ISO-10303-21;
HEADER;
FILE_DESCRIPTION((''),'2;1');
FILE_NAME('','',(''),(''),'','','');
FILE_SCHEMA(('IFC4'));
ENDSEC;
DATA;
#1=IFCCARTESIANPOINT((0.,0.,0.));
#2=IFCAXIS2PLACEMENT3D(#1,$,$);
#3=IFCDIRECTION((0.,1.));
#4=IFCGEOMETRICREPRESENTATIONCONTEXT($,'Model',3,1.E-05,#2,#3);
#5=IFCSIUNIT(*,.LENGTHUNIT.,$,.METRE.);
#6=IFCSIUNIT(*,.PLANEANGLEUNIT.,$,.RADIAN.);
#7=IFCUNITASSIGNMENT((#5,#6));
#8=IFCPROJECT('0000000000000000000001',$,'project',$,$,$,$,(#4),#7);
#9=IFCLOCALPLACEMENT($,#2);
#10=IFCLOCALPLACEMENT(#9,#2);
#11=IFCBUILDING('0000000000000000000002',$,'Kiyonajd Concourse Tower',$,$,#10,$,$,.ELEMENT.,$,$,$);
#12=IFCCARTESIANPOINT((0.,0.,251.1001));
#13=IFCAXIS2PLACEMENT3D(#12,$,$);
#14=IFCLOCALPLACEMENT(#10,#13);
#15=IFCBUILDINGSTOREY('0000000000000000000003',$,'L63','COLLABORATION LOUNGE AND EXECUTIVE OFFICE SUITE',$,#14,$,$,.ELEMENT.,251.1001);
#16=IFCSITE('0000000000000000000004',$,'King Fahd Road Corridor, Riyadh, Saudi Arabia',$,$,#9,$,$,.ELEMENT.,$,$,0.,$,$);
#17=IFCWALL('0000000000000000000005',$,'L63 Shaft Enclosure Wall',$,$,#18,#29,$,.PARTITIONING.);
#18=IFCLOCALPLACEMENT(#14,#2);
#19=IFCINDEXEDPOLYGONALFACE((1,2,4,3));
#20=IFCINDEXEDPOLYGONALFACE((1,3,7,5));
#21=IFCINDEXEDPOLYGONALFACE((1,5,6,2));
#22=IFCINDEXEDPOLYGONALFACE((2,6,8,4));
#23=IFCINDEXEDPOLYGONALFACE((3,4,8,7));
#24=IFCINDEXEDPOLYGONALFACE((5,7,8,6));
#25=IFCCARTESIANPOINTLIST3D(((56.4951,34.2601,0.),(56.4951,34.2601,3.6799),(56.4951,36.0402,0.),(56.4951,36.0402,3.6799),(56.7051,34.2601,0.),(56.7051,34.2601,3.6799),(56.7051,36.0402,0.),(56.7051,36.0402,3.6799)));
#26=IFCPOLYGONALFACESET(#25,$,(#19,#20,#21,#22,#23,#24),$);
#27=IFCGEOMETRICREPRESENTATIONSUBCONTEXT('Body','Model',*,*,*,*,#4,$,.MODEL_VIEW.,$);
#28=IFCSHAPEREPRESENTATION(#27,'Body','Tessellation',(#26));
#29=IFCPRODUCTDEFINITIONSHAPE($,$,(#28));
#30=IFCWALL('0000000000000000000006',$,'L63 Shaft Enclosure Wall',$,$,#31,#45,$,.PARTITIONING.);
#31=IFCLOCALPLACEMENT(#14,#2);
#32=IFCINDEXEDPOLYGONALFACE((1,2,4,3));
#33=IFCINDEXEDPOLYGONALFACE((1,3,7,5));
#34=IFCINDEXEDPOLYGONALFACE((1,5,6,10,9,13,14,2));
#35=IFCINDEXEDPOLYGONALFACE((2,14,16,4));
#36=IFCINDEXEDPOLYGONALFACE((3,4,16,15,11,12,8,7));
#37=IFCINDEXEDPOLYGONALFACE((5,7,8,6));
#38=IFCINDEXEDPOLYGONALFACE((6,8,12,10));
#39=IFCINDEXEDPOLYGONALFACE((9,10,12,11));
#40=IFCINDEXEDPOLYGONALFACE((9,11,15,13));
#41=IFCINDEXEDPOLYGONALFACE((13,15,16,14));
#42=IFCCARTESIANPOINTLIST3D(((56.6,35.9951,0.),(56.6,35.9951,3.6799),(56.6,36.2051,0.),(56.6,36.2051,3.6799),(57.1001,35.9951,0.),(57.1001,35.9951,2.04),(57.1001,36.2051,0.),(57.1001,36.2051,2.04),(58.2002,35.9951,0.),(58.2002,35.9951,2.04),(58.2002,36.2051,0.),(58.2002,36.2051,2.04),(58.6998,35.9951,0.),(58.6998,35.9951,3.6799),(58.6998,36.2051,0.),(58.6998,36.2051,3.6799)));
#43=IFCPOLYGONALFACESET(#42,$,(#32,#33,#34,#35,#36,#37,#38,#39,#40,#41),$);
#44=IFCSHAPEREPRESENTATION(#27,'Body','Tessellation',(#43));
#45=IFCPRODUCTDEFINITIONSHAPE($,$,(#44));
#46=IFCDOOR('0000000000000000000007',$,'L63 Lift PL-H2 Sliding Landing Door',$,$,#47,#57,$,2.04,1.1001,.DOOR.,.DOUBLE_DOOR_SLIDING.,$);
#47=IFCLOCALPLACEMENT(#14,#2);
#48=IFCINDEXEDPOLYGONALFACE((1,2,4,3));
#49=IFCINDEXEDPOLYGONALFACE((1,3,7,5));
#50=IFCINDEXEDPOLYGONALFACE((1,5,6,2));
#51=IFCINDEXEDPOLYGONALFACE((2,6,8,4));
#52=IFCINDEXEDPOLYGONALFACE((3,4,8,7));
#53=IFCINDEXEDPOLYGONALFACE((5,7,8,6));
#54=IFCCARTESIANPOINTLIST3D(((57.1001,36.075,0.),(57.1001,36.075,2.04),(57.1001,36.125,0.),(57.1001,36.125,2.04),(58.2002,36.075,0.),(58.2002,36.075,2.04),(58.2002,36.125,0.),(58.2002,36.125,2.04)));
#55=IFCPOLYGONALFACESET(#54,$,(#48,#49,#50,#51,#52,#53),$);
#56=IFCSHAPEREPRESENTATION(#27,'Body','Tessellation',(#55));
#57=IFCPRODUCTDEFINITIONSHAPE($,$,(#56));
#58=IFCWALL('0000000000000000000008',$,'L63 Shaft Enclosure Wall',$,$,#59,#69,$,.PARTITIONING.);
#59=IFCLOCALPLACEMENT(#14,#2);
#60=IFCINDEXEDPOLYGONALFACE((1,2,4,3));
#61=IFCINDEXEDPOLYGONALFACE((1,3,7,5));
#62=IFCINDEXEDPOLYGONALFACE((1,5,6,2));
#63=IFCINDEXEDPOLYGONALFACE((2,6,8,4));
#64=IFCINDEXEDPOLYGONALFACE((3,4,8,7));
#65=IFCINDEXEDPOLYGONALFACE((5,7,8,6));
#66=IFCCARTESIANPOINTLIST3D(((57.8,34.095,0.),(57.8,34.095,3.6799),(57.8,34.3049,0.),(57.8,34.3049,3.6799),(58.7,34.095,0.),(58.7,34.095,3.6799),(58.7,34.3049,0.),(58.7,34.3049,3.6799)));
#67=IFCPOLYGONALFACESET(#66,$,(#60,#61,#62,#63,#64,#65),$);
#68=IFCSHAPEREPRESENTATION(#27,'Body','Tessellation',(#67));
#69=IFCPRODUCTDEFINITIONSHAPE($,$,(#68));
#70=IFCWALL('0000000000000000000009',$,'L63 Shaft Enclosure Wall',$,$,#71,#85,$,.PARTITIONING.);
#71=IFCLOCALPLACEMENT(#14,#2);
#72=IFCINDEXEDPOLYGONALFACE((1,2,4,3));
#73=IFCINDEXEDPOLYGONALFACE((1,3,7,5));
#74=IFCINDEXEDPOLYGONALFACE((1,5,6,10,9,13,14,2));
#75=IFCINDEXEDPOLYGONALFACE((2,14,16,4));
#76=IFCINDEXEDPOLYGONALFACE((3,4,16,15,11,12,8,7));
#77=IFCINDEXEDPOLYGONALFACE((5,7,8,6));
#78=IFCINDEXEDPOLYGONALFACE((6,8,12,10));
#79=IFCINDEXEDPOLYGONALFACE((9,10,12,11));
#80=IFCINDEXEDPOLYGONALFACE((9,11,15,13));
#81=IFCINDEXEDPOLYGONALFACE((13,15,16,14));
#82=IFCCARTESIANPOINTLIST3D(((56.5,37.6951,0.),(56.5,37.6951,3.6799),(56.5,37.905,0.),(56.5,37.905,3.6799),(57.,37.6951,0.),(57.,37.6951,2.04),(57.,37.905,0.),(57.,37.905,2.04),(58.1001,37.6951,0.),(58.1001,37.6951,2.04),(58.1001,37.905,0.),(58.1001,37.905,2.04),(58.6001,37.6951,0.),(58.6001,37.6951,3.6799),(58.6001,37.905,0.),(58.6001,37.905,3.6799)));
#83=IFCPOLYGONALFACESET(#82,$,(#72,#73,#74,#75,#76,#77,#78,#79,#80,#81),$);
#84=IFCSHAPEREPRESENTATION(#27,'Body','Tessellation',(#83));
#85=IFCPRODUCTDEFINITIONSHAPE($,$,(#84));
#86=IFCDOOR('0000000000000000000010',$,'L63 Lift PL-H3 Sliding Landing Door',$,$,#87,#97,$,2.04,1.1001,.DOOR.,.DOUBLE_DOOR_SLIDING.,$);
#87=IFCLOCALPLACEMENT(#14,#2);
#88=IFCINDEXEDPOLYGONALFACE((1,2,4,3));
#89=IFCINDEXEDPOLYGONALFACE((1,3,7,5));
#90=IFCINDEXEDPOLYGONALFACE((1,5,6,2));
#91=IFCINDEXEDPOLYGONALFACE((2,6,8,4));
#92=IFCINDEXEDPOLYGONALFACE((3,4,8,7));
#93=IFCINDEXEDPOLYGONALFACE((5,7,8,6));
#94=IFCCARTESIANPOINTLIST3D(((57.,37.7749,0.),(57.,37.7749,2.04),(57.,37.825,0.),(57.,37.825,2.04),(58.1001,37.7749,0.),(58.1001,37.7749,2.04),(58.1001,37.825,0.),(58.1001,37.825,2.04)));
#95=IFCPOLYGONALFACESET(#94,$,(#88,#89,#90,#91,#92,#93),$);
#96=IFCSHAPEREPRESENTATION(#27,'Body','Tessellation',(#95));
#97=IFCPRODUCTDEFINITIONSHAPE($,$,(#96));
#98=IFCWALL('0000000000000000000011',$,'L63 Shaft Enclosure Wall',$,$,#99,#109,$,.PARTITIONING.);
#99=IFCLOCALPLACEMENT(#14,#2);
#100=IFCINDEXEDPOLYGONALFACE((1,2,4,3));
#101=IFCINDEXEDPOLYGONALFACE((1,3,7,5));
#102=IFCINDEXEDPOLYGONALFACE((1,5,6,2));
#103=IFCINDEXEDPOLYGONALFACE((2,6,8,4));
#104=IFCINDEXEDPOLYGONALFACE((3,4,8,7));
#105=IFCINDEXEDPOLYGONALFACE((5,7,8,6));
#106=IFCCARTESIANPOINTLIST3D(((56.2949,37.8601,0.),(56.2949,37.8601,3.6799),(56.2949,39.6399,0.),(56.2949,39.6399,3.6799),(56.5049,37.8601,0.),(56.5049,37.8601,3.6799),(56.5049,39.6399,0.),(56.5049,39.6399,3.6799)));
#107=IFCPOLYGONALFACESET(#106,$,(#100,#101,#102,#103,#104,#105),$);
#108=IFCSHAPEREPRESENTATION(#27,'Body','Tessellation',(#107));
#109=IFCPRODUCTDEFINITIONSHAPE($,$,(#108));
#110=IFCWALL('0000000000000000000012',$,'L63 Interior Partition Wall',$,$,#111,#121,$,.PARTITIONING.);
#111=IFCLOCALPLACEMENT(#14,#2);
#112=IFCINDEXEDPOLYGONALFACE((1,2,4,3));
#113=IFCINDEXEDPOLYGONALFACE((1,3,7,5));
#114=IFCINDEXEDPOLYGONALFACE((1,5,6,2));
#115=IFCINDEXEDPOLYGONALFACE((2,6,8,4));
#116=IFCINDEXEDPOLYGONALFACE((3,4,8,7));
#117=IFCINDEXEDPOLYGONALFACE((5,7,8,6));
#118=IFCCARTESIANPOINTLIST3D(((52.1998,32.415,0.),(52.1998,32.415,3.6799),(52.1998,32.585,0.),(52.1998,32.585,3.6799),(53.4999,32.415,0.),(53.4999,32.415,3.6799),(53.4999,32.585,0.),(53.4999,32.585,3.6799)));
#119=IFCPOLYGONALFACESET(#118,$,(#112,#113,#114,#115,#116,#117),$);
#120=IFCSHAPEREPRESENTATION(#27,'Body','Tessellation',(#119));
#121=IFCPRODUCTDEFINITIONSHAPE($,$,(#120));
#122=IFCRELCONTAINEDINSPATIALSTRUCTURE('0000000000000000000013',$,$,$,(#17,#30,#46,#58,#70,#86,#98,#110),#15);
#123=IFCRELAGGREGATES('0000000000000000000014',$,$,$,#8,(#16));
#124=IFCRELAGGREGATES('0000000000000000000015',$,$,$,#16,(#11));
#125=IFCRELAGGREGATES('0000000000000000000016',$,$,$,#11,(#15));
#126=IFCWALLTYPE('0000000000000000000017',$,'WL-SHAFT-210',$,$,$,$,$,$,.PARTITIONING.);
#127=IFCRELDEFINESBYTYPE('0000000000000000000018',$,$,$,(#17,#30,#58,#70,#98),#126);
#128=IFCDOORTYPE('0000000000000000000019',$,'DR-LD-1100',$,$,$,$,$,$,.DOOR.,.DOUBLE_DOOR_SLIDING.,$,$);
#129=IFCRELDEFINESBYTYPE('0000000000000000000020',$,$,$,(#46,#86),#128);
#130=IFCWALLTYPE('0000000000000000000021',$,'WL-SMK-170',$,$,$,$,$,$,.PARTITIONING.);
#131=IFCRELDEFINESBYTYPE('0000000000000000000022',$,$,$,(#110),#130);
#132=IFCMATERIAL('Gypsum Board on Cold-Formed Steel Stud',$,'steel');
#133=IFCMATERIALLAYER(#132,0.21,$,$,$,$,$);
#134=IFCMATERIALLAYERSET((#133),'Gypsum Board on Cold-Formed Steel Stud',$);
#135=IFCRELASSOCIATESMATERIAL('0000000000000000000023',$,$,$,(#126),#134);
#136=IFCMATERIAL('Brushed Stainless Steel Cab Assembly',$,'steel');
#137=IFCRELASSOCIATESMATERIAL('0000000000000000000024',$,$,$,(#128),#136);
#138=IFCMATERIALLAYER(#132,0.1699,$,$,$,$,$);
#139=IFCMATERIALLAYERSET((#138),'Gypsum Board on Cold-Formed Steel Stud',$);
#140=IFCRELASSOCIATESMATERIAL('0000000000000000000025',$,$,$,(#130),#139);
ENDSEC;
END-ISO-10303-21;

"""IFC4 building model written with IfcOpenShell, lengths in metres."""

from ifc_helpers import new_model, si_unit, direction, frame, frame_2d, origin, place, context, subcontext, project, spatial, rectangle, extrude, material, layer, layer_set, type_object, element, fill, save


model = new_model("IFC4")

# Units and contexts
model_context = context("Model", 3, precision=1e-05, world=origin(), true_north=direction((0.0, 1.0)))
body_context = subcontext(model_context, "Body", "Model", "MODEL_VIEW")
ifc_project = project(units=[si_unit("LENGTHUNIT", "METRE"), si_unit("PLANEANGLEUNIT", "RADIAN")], contexts=[model_context])

# Site, building, storey
site_placement = place(None, origin())
site = spatial("IfcSite", under=ifc_project, at=site_placement, Name="King Fahd Road Corridor, Riyadh, Saudi Arabia", CompositionType="ELEMENT", RefElevation=0.0)
building_placement = place(site_placement, origin())
building = spatial("IfcBuilding", under=site, at=building_placement, Name="Kiyonajd Concourse Tower", CompositionType="ELEMENT")
storey_placement = place(building_placement, frame((0.0, 0.0, 251.1001)))
storey = spatial("IfcBuildingStorey", under=building, at=storey_placement, Name="L63", Description="COLLABORATION LOUNGE AND EXECUTIVE OFFICE SUITE", CompositionType="ELEMENT", Elevation=251.1001)

# Shared definitions
ifc_material_1 = material(Name="Brushed Stainless Steel Cab Assembly", Category="steel")
ifc_material_2 = material(Name="Gypsum Board on Cold-Formed Steel Stud", Category="steel")
ifc_layer_1 = layer(ifc_material_2, 0.21)
ifc_layer_set_1 = layer_set([ifc_layer_1], Name="Gypsum Board on Cold-Formed Steel Stud")
wall_type_1 = type_object("IfcWallType", Name="WL-SHAFT-210", PredefinedType="PARTITIONING", material=ifc_layer_set_1)

# Shared definitions
door_type_1 = type_object("IfcDoorType", Name="DR-LD-1100", OperationType="DOUBLE_DOOR_SLIDING", PredefinedType="DOOR", material=ifc_material_1)

# Wall
wall_1_placement = place(storey_placement, frame((56.6001, 34.26, 0.0), z_axis=(0.0, 0.0, 1.0), x_axis=(0.0, 1.0, 0.0)))
element("IfcWall", 1, at=wall_1_placement, inside=storey, type_object=wall_type_1, Name="L63 Shaft Enclosure Wall", PredefinedType="PARTITIONING", context=body_context, shape_type="SweptSolid", body=[
    extrude(rectangle(XDim=1.78, YDim=0.21, at=frame_2d((0.8901, 0.0))), origin(), (0.0, 0.0, 1.0), 3.6799),
])

# Wall, opening, door
wall_2_placement = place(storey_placement, frame((56.6001, 36.1001, 0.0), z_axis=(0.0, 0.0, 1.0), x_axis=(1.0, 0.0, 0.0)))
wall_2 = element("IfcWall", 2, at=wall_2_placement, inside=storey, type_object=wall_type_1, Name="L63 Shaft Enclosure Wall", PredefinedType="PARTITIONING", context=body_context, shape_type="SweptSolid", body=[
    extrude(rectangle(XDim=2.0999, YDim=0.21, at=frame_2d((1.0498, 0.0))), origin(), (0.0, 0.0, 1.0), 3.6799),
])
opening_1_placement = place(wall_2_placement, frame((0.5, 0.0, 0.0)))
opening_1 = element("IfcOpeningElement", 3, at=opening_1_placement, cuts=wall_2, PredefinedType="OPENING", context=body_context, shape_type="SweptSolid", body=[
    extrude(rectangle(XDim=1.1001, YDim=2.04, at=frame_2d((0.55, 1.02))), frame((0.0, 0.115, 0.0), z_axis=(0.0, -1.0, 0.0), x_axis=(1.0, 0.0, 0.0)), (0.0, 0.0, 1.0), 0.23),
])
door_1_placement = place(opening_1_placement, origin())
door_1 = element("IfcDoor", 4, at=door_1_placement, inside=storey, type_object=door_type_1, Name="L63 Lift PL-H2 Sliding Landing Door", OperationType="DOUBLE_DOOR_SLIDING", OverallHeight=2.04, OverallWidth=1.1001, PredefinedType="DOOR", context=body_context, shape_type="SweptSolid", body=[
    extrude(rectangle(XDim=1.1001, YDim=2.04, at=frame_2d((0.55, 1.02))), frame((0.0, 0.0249, 0.0), z_axis=(0.0, -1.0, 0.0), x_axis=(1.0, 0.0, 0.0)), (0.0, 0.0, 1.0), 0.05),
])
fill(opening_1, door_1)

# Wall
wall_3_placement = place(storey_placement, frame((57.8, 34.2, 0.0), z_axis=(0.0, 0.0, 1.0), x_axis=(1.0, 0.0, 0.0)))
element("IfcWall", 5, at=wall_3_placement, inside=storey, type_object=wall_type_1, Name="L63 Shaft Enclosure Wall", PredefinedType="PARTITIONING", context=body_context, shape_type="SweptSolid", body=[
    extrude(rectangle(XDim=0.8999, YDim=0.21, at=frame_2d((0.45, 0.0))), origin(), (0.0, 0.0, 1.0), 3.6799),
])

# Wall, opening, door
wall_4_placement = place(storey_placement, frame((56.5, 37.8, 0.0), z_axis=(0.0, 0.0, 1.0), x_axis=(1.0, 0.0, 0.0)))
wall_4 = element("IfcWall", 6, at=wall_4_placement, inside=storey, type_object=wall_type_1, Name="L63 Shaft Enclosure Wall", PredefinedType="PARTITIONING", context=body_context, shape_type="SweptSolid", body=[
    extrude(rectangle(XDim=2.1001, YDim=0.21, at=frame_2d((1.05, 0.0))), origin(), (0.0, 0.0, 1.0), 3.6799),
])
opening_2_placement = place(wall_4_placement, frame((0.5, 0.0, 0.0)))
opening_2 = element("IfcOpeningElement", 7, at=opening_2_placement, cuts=wall_4, PredefinedType="OPENING", context=body_context, shape_type="SweptSolid", body=[
    extrude(rectangle(XDim=1.1001, YDim=2.04, at=frame_2d((0.55, 1.02))), frame((0.0, 0.115, 0.0), z_axis=(0.0, -1.0, 0.0), x_axis=(1.0, 0.0, 0.0)), (0.0, 0.0, 1.0), 0.23),
])
door_2_placement = place(opening_2_placement, origin())
door_2 = element("IfcDoor", 8, at=door_2_placement, inside=storey, type_object=door_type_1, Name="L63 Lift PL-H3 Sliding Landing Door", OperationType="DOUBLE_DOOR_SLIDING", OverallHeight=2.04, OverallWidth=1.1001, PredefinedType="DOOR", context=body_context, shape_type="SweptSolid", body=[
    extrude(rectangle(XDim=1.1001, YDim=2.04, at=frame_2d((0.55, 1.02))), frame((0.0, 0.0249, 0.0), z_axis=(0.0, -1.0, 0.0), x_axis=(1.0, 0.0, 0.0)), (0.0, 0.0, 1.0), 0.05),
])
fill(opening_2, door_2)

# Walls
wall_5_placement = place(storey_placement, frame((56.3999, 37.8601, 0.0), z_axis=(0.0, 0.0, 1.0), x_axis=(0.0, 1.0, 0.0)))
element("IfcWall", 9, at=wall_5_placement, inside=storey, type_object=wall_type_1, Name="L63 Shaft Enclosure Wall", PredefinedType="PARTITIONING", context=body_context, shape_type="SweptSolid", body=[
    extrude(rectangle(XDim=1.7798, YDim=0.21, at=frame_2d((0.8899, 0.0))), origin(), (0.0, 0.0, 1.0), 3.6799),
])
ifc_layer_2 = layer(ifc_material_2, 0.1699)
ifc_layer_set_2 = layer_set([ifc_layer_2], Name="Gypsum Board on Cold-Formed Steel Stud")
wall_type_2 = type_object("IfcWallType", Name="WL-SMK-170", PredefinedType="PARTITIONING", material=ifc_layer_set_2)
wall_6_placement = place(storey_placement, frame((52.2, 32.5, 0.0), z_axis=(0.0, 0.0, 1.0), x_axis=(1.0, 0.0, 0.0)))
element("IfcWall", 10, at=wall_6_placement, inside=storey, type_object=wall_type_2, Name="L63 Interior Partition Wall", PredefinedType="PARTITIONING", context=body_context, shape_type="SweptSolid", body=[
    extrude(rectangle(XDim=1.3, YDim=0.1699, at=frame_2d((0.6499, 0.0))), origin(), (0.0, 0.0, 1.0), 3.6799),
])

save(model, "model.ifc")
